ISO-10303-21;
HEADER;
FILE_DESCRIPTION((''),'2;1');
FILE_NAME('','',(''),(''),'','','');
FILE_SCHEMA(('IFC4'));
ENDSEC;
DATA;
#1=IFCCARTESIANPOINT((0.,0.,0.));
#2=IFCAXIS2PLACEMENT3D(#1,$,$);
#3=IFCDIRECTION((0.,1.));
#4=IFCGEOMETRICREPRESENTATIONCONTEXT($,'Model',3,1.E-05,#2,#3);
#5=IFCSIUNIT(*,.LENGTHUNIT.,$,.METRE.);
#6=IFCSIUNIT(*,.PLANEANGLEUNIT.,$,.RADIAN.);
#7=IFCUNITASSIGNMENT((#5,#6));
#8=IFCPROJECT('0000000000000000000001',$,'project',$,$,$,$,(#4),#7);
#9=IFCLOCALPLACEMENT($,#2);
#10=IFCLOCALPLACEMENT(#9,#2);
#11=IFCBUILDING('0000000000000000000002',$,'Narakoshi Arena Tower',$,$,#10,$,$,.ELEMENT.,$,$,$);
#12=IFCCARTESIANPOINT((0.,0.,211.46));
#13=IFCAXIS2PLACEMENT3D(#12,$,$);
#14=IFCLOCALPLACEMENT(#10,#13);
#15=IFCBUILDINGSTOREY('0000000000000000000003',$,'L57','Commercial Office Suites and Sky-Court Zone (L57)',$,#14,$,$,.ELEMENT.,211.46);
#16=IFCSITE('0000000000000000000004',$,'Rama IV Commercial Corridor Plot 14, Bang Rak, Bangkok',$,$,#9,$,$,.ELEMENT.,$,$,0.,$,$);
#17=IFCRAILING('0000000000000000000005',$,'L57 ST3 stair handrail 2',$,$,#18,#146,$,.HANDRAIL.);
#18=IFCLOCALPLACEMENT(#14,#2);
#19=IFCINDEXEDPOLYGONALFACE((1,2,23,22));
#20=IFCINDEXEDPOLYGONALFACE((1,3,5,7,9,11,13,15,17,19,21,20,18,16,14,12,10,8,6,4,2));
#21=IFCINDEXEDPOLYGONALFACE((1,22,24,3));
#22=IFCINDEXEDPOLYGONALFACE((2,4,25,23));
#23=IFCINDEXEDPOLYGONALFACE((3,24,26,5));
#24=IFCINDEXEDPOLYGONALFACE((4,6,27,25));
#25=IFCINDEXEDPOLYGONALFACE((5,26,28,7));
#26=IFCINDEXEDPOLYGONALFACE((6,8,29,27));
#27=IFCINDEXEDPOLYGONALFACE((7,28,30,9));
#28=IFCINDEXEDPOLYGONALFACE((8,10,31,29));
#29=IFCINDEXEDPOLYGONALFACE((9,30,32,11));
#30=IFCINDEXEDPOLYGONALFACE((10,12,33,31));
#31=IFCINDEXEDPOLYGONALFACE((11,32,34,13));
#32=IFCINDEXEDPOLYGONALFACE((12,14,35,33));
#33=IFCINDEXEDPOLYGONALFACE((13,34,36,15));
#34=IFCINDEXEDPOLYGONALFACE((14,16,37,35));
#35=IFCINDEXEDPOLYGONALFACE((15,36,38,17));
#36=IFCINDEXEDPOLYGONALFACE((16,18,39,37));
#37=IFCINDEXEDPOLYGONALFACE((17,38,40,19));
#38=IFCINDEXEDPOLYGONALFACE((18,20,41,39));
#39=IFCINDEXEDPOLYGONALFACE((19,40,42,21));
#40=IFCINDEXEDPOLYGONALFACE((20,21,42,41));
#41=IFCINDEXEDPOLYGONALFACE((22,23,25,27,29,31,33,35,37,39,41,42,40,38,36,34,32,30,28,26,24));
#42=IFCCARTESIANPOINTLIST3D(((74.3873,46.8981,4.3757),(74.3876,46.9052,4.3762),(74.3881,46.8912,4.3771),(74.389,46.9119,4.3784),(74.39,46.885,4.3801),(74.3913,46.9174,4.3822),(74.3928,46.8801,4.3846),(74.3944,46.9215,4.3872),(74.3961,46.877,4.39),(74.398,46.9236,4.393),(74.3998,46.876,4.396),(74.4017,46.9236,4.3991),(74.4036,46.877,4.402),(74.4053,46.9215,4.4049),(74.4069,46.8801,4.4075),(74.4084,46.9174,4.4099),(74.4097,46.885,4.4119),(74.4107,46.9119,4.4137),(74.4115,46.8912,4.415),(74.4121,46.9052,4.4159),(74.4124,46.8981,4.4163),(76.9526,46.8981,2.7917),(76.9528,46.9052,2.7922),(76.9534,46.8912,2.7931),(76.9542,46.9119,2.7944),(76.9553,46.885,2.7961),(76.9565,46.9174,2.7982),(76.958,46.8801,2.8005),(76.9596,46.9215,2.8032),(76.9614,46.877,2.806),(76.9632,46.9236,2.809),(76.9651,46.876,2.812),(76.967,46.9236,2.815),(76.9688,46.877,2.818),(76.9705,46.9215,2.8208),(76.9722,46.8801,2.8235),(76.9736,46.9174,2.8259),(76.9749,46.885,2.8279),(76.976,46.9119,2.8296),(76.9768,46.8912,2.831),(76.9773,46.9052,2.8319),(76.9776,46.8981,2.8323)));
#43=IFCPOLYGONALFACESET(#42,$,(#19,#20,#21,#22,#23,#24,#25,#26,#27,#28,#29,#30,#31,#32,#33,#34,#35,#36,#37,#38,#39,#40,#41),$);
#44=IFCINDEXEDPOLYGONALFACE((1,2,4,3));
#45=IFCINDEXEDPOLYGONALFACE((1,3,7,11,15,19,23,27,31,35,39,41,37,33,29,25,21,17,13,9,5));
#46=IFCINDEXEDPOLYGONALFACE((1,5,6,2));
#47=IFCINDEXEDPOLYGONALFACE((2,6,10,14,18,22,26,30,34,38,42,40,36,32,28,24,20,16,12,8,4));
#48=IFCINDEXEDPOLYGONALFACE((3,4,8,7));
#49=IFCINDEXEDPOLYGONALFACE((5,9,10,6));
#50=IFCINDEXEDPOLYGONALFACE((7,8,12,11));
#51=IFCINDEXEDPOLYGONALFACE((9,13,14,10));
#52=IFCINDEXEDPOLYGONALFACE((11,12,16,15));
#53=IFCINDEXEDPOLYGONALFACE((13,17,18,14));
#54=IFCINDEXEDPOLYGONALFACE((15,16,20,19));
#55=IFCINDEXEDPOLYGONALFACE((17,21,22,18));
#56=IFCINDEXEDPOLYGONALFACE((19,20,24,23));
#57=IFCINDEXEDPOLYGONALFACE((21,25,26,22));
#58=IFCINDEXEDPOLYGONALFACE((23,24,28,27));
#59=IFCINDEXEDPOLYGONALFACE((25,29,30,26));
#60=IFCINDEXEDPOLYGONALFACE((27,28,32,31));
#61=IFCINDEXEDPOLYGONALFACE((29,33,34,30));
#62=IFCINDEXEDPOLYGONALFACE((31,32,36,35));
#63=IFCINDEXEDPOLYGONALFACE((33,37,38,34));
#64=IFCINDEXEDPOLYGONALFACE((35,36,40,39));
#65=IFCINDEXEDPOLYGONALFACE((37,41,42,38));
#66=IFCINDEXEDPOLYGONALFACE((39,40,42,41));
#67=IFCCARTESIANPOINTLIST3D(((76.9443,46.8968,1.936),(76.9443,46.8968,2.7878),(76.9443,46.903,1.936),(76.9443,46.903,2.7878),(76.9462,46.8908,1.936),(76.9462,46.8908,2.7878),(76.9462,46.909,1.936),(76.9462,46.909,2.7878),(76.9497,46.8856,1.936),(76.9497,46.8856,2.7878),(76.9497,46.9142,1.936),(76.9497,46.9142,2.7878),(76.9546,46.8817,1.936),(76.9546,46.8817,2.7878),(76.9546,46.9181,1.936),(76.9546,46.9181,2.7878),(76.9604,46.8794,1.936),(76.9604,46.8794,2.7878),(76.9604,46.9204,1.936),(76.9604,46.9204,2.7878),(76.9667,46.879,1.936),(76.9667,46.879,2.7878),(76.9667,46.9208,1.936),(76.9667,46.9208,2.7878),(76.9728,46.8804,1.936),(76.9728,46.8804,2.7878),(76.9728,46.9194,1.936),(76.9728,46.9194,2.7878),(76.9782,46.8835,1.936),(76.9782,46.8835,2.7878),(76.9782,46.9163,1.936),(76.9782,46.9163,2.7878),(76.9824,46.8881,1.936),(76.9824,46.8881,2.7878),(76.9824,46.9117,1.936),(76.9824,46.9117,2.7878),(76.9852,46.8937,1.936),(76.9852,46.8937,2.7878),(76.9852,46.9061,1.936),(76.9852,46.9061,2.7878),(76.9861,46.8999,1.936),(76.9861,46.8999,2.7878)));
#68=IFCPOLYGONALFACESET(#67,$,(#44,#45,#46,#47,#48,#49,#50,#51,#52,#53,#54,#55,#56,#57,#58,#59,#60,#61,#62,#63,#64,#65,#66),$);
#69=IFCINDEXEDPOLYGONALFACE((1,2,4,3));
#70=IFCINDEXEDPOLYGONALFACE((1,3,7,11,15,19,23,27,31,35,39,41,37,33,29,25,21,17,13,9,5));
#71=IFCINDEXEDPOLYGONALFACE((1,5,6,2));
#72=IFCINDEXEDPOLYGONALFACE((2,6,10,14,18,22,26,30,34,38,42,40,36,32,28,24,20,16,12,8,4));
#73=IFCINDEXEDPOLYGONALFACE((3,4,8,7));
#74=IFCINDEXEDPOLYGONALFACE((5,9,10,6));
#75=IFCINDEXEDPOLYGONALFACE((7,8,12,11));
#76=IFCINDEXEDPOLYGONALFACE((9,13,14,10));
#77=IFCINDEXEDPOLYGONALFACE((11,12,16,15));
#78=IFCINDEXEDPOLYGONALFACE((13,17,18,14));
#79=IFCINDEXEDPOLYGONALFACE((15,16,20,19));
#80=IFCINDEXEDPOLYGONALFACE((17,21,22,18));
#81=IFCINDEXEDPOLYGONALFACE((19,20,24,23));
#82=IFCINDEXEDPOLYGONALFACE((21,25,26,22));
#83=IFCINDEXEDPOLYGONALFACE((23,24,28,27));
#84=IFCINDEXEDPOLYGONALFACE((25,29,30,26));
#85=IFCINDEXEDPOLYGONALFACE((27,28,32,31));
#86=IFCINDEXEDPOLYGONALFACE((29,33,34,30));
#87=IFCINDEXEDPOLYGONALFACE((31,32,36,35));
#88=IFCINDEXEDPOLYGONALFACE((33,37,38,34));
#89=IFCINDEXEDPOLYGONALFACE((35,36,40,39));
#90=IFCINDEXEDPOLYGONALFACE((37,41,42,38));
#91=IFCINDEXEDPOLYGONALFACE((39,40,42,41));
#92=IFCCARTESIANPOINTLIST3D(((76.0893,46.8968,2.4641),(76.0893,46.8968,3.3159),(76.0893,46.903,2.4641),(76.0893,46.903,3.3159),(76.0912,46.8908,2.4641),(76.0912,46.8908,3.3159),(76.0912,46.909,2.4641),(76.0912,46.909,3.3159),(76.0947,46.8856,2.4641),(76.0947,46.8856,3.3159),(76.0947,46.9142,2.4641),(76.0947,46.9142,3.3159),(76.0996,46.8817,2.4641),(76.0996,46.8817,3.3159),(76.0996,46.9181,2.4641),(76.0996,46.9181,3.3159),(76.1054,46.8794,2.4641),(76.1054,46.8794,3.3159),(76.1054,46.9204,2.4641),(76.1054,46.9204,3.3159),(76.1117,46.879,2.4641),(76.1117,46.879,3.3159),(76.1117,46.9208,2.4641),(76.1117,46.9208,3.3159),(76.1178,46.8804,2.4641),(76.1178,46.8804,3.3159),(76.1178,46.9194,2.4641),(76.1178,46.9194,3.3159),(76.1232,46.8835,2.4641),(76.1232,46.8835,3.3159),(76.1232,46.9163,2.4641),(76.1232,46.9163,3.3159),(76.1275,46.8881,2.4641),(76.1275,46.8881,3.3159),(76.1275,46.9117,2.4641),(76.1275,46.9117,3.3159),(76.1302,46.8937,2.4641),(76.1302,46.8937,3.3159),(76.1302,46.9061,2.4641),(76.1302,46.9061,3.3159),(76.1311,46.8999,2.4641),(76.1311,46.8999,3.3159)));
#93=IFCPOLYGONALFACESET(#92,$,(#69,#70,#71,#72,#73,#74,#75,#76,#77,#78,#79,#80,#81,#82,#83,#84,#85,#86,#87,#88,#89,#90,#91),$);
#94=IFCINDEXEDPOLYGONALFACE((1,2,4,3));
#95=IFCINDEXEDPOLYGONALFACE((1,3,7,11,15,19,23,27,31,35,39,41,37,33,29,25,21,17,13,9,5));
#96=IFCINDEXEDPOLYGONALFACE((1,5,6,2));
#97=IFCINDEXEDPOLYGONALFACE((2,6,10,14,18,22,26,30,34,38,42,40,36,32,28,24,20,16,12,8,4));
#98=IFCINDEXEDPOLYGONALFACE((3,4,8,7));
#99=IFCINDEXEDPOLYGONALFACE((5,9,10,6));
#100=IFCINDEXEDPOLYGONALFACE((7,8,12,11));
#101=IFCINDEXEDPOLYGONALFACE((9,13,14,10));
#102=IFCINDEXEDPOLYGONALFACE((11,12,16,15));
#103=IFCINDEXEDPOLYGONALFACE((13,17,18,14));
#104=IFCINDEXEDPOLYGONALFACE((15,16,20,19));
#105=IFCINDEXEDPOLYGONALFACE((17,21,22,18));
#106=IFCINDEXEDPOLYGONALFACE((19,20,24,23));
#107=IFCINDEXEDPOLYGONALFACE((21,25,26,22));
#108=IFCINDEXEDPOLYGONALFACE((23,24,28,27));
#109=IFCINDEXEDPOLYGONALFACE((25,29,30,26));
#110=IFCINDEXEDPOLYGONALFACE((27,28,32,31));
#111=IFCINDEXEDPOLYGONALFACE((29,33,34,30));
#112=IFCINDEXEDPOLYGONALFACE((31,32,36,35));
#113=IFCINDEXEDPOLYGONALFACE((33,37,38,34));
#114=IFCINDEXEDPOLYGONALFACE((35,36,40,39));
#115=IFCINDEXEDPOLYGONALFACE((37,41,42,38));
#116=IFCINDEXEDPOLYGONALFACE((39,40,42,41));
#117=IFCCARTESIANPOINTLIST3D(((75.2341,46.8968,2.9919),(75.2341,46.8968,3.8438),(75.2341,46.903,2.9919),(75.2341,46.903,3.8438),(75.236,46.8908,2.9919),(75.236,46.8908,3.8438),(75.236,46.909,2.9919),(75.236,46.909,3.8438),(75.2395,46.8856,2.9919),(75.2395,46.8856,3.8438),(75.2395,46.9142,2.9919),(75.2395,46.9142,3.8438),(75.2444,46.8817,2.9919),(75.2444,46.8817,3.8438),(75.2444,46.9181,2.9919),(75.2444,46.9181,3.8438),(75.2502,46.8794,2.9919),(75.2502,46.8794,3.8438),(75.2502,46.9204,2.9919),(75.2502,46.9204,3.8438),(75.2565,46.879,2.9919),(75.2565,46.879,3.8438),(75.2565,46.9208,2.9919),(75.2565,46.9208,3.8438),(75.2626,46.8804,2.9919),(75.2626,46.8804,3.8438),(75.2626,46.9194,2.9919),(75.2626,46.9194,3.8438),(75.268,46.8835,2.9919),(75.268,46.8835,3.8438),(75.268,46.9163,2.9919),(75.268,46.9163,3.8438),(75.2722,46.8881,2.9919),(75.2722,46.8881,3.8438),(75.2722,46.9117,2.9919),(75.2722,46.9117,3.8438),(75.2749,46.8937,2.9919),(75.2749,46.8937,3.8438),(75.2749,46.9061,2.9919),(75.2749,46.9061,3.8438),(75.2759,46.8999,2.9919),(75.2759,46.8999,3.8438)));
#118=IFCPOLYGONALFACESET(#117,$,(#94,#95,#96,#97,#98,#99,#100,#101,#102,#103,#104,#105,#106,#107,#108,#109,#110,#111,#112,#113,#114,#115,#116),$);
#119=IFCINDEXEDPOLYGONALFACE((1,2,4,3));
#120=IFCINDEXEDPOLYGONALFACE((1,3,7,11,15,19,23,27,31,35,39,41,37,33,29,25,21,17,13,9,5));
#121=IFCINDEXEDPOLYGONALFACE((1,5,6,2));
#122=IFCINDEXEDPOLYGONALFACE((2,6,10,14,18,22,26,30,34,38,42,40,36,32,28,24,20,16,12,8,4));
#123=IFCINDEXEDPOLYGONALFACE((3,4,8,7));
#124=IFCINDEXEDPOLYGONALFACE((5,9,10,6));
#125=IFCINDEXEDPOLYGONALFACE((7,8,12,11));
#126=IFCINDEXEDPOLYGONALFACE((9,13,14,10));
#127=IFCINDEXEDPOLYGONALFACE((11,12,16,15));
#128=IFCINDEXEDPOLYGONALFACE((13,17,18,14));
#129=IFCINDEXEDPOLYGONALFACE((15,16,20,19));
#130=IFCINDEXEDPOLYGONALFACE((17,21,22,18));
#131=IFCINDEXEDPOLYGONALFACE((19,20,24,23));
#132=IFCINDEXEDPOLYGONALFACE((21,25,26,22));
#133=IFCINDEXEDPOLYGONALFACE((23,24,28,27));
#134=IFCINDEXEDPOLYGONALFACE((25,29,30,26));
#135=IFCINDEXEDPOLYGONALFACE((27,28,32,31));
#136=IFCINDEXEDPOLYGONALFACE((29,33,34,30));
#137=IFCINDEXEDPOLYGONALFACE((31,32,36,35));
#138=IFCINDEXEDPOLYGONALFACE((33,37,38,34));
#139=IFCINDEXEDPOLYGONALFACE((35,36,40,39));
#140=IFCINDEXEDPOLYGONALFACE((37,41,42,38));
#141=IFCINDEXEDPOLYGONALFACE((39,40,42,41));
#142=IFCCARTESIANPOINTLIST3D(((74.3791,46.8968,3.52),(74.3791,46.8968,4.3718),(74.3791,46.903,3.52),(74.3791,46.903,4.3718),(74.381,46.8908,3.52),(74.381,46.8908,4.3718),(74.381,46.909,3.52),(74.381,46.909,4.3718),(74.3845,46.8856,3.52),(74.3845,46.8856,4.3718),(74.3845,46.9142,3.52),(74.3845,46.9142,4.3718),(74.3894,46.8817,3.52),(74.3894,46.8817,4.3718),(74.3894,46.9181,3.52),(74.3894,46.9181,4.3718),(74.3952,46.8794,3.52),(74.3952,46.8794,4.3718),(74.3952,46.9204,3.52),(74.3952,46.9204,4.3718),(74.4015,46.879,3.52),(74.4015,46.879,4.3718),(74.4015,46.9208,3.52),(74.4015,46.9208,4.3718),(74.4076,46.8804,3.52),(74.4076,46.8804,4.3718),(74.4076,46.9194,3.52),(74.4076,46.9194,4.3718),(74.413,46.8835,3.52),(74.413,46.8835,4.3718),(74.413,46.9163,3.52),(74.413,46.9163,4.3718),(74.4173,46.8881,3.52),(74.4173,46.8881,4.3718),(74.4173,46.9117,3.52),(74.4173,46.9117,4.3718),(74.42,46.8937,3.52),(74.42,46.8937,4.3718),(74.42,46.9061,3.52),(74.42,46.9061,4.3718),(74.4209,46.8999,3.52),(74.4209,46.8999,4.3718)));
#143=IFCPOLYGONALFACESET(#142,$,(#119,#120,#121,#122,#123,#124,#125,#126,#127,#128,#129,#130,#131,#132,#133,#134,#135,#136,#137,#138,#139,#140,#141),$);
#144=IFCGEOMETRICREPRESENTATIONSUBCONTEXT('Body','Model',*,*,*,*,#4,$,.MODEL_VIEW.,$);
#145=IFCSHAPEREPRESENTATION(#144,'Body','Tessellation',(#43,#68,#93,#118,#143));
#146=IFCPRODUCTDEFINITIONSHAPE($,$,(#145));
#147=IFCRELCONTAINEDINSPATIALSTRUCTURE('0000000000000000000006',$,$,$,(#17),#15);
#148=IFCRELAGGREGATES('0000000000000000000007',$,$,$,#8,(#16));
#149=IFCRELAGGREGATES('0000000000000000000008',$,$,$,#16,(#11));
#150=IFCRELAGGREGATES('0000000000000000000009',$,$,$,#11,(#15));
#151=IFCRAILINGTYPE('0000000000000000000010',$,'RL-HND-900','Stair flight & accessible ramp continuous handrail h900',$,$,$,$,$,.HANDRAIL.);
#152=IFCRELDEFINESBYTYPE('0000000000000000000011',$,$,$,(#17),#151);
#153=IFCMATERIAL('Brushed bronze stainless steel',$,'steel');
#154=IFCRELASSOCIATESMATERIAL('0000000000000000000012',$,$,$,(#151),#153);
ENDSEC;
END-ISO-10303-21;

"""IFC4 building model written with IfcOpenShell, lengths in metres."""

from ifc_helpers import new_model, si_unit, direction, frame, origin, origin_2d, place, context, subcontext, project, spatial, circle, extrude, material, type_object, element, save


model = new_model("IFC4")

# Units and contexts
model_context = context("Model", 3, precision=1e-05, world=origin(), true_north=direction((0.0, 1.0)))
body_context = subcontext(model_context, "Body", "Model", "MODEL_VIEW")
ifc_project = project(units=[si_unit("LENGTHUNIT", "METRE"), si_unit("PLANEANGLEUNIT", "RADIAN")], contexts=[model_context])

# Site, building, storey
site_placement = place(None, origin())
site = spatial("IfcSite", under=ifc_project, at=site_placement, Name="Rama IV Commercial Corridor Plot 14, Bang Rak, Bangkok", CompositionType="ELEMENT", RefElevation=0.0)
building_placement = place(site_placement, origin())
building = spatial("IfcBuilding", under=site, at=building_placement, Name="Narakoshi Arena Tower", CompositionType="ELEMENT")
storey_placement = place(building_placement, frame((0.0, 0.0, 211.46)))
storey = spatial("IfcBuildingStorey", under=building, at=storey_placement, Name="L57", Description="Commercial Office Suites and Sky-Court Zone (L57)", CompositionType="ELEMENT", Elevation=211.46)

# Shared definitions
ifc_material_1 = material(Name="Brushed bronze stainless steel", Category="steel")

# Railing
railing_type_1 = type_object("IfcRailingType", Name="RL-HND-900", Description="Stair flight & accessible ramp continuous handrail h900", PredefinedType="HANDRAIL", material=ifc_material_1)
railing_1_placement = place(storey_placement, frame((76.9651, 46.8999, 1.936)))
element("IfcRailing", 1, at=railing_1_placement, inside=storey, type_object=railing_type_1, Name="L57 ST3 stair handrail 2", PredefinedType="HANDRAIL", context=body_context, shape_type="SweptSolid", body=[
    extrude(circle(Radius=0.0239, at=origin_2d()), frame((0.0, 0.0, 0.876), z_axis=(-0.850857, 0.0, 0.525398), x_axis=(0.0, -1.0, 0.0)), (0.0, 0.0, 1.0), 3.0149),
    extrude(circle(Radius=0.021, at=origin_2d()), origin(), (0.0, 0.0, 1.0), 0.8518),
    extrude(circle(Radius=0.021, at=origin_2d()), frame((-0.855, 0.0, 0.5281)), (0.0, 0.0, 1.0), 0.8518),
    extrude(circle(Radius=0.021, at=origin_2d()), frame((-1.7102, 0.0, 1.0559)), (0.0, 0.0, 1.0), 0.8518),
    extrude(circle(Radius=0.021, at=origin_2d()), frame((-2.5652, 0.0, 1.584)), (0.0, 0.0, 1.0), 0.8518),
])

save(model, "model.ifc")
